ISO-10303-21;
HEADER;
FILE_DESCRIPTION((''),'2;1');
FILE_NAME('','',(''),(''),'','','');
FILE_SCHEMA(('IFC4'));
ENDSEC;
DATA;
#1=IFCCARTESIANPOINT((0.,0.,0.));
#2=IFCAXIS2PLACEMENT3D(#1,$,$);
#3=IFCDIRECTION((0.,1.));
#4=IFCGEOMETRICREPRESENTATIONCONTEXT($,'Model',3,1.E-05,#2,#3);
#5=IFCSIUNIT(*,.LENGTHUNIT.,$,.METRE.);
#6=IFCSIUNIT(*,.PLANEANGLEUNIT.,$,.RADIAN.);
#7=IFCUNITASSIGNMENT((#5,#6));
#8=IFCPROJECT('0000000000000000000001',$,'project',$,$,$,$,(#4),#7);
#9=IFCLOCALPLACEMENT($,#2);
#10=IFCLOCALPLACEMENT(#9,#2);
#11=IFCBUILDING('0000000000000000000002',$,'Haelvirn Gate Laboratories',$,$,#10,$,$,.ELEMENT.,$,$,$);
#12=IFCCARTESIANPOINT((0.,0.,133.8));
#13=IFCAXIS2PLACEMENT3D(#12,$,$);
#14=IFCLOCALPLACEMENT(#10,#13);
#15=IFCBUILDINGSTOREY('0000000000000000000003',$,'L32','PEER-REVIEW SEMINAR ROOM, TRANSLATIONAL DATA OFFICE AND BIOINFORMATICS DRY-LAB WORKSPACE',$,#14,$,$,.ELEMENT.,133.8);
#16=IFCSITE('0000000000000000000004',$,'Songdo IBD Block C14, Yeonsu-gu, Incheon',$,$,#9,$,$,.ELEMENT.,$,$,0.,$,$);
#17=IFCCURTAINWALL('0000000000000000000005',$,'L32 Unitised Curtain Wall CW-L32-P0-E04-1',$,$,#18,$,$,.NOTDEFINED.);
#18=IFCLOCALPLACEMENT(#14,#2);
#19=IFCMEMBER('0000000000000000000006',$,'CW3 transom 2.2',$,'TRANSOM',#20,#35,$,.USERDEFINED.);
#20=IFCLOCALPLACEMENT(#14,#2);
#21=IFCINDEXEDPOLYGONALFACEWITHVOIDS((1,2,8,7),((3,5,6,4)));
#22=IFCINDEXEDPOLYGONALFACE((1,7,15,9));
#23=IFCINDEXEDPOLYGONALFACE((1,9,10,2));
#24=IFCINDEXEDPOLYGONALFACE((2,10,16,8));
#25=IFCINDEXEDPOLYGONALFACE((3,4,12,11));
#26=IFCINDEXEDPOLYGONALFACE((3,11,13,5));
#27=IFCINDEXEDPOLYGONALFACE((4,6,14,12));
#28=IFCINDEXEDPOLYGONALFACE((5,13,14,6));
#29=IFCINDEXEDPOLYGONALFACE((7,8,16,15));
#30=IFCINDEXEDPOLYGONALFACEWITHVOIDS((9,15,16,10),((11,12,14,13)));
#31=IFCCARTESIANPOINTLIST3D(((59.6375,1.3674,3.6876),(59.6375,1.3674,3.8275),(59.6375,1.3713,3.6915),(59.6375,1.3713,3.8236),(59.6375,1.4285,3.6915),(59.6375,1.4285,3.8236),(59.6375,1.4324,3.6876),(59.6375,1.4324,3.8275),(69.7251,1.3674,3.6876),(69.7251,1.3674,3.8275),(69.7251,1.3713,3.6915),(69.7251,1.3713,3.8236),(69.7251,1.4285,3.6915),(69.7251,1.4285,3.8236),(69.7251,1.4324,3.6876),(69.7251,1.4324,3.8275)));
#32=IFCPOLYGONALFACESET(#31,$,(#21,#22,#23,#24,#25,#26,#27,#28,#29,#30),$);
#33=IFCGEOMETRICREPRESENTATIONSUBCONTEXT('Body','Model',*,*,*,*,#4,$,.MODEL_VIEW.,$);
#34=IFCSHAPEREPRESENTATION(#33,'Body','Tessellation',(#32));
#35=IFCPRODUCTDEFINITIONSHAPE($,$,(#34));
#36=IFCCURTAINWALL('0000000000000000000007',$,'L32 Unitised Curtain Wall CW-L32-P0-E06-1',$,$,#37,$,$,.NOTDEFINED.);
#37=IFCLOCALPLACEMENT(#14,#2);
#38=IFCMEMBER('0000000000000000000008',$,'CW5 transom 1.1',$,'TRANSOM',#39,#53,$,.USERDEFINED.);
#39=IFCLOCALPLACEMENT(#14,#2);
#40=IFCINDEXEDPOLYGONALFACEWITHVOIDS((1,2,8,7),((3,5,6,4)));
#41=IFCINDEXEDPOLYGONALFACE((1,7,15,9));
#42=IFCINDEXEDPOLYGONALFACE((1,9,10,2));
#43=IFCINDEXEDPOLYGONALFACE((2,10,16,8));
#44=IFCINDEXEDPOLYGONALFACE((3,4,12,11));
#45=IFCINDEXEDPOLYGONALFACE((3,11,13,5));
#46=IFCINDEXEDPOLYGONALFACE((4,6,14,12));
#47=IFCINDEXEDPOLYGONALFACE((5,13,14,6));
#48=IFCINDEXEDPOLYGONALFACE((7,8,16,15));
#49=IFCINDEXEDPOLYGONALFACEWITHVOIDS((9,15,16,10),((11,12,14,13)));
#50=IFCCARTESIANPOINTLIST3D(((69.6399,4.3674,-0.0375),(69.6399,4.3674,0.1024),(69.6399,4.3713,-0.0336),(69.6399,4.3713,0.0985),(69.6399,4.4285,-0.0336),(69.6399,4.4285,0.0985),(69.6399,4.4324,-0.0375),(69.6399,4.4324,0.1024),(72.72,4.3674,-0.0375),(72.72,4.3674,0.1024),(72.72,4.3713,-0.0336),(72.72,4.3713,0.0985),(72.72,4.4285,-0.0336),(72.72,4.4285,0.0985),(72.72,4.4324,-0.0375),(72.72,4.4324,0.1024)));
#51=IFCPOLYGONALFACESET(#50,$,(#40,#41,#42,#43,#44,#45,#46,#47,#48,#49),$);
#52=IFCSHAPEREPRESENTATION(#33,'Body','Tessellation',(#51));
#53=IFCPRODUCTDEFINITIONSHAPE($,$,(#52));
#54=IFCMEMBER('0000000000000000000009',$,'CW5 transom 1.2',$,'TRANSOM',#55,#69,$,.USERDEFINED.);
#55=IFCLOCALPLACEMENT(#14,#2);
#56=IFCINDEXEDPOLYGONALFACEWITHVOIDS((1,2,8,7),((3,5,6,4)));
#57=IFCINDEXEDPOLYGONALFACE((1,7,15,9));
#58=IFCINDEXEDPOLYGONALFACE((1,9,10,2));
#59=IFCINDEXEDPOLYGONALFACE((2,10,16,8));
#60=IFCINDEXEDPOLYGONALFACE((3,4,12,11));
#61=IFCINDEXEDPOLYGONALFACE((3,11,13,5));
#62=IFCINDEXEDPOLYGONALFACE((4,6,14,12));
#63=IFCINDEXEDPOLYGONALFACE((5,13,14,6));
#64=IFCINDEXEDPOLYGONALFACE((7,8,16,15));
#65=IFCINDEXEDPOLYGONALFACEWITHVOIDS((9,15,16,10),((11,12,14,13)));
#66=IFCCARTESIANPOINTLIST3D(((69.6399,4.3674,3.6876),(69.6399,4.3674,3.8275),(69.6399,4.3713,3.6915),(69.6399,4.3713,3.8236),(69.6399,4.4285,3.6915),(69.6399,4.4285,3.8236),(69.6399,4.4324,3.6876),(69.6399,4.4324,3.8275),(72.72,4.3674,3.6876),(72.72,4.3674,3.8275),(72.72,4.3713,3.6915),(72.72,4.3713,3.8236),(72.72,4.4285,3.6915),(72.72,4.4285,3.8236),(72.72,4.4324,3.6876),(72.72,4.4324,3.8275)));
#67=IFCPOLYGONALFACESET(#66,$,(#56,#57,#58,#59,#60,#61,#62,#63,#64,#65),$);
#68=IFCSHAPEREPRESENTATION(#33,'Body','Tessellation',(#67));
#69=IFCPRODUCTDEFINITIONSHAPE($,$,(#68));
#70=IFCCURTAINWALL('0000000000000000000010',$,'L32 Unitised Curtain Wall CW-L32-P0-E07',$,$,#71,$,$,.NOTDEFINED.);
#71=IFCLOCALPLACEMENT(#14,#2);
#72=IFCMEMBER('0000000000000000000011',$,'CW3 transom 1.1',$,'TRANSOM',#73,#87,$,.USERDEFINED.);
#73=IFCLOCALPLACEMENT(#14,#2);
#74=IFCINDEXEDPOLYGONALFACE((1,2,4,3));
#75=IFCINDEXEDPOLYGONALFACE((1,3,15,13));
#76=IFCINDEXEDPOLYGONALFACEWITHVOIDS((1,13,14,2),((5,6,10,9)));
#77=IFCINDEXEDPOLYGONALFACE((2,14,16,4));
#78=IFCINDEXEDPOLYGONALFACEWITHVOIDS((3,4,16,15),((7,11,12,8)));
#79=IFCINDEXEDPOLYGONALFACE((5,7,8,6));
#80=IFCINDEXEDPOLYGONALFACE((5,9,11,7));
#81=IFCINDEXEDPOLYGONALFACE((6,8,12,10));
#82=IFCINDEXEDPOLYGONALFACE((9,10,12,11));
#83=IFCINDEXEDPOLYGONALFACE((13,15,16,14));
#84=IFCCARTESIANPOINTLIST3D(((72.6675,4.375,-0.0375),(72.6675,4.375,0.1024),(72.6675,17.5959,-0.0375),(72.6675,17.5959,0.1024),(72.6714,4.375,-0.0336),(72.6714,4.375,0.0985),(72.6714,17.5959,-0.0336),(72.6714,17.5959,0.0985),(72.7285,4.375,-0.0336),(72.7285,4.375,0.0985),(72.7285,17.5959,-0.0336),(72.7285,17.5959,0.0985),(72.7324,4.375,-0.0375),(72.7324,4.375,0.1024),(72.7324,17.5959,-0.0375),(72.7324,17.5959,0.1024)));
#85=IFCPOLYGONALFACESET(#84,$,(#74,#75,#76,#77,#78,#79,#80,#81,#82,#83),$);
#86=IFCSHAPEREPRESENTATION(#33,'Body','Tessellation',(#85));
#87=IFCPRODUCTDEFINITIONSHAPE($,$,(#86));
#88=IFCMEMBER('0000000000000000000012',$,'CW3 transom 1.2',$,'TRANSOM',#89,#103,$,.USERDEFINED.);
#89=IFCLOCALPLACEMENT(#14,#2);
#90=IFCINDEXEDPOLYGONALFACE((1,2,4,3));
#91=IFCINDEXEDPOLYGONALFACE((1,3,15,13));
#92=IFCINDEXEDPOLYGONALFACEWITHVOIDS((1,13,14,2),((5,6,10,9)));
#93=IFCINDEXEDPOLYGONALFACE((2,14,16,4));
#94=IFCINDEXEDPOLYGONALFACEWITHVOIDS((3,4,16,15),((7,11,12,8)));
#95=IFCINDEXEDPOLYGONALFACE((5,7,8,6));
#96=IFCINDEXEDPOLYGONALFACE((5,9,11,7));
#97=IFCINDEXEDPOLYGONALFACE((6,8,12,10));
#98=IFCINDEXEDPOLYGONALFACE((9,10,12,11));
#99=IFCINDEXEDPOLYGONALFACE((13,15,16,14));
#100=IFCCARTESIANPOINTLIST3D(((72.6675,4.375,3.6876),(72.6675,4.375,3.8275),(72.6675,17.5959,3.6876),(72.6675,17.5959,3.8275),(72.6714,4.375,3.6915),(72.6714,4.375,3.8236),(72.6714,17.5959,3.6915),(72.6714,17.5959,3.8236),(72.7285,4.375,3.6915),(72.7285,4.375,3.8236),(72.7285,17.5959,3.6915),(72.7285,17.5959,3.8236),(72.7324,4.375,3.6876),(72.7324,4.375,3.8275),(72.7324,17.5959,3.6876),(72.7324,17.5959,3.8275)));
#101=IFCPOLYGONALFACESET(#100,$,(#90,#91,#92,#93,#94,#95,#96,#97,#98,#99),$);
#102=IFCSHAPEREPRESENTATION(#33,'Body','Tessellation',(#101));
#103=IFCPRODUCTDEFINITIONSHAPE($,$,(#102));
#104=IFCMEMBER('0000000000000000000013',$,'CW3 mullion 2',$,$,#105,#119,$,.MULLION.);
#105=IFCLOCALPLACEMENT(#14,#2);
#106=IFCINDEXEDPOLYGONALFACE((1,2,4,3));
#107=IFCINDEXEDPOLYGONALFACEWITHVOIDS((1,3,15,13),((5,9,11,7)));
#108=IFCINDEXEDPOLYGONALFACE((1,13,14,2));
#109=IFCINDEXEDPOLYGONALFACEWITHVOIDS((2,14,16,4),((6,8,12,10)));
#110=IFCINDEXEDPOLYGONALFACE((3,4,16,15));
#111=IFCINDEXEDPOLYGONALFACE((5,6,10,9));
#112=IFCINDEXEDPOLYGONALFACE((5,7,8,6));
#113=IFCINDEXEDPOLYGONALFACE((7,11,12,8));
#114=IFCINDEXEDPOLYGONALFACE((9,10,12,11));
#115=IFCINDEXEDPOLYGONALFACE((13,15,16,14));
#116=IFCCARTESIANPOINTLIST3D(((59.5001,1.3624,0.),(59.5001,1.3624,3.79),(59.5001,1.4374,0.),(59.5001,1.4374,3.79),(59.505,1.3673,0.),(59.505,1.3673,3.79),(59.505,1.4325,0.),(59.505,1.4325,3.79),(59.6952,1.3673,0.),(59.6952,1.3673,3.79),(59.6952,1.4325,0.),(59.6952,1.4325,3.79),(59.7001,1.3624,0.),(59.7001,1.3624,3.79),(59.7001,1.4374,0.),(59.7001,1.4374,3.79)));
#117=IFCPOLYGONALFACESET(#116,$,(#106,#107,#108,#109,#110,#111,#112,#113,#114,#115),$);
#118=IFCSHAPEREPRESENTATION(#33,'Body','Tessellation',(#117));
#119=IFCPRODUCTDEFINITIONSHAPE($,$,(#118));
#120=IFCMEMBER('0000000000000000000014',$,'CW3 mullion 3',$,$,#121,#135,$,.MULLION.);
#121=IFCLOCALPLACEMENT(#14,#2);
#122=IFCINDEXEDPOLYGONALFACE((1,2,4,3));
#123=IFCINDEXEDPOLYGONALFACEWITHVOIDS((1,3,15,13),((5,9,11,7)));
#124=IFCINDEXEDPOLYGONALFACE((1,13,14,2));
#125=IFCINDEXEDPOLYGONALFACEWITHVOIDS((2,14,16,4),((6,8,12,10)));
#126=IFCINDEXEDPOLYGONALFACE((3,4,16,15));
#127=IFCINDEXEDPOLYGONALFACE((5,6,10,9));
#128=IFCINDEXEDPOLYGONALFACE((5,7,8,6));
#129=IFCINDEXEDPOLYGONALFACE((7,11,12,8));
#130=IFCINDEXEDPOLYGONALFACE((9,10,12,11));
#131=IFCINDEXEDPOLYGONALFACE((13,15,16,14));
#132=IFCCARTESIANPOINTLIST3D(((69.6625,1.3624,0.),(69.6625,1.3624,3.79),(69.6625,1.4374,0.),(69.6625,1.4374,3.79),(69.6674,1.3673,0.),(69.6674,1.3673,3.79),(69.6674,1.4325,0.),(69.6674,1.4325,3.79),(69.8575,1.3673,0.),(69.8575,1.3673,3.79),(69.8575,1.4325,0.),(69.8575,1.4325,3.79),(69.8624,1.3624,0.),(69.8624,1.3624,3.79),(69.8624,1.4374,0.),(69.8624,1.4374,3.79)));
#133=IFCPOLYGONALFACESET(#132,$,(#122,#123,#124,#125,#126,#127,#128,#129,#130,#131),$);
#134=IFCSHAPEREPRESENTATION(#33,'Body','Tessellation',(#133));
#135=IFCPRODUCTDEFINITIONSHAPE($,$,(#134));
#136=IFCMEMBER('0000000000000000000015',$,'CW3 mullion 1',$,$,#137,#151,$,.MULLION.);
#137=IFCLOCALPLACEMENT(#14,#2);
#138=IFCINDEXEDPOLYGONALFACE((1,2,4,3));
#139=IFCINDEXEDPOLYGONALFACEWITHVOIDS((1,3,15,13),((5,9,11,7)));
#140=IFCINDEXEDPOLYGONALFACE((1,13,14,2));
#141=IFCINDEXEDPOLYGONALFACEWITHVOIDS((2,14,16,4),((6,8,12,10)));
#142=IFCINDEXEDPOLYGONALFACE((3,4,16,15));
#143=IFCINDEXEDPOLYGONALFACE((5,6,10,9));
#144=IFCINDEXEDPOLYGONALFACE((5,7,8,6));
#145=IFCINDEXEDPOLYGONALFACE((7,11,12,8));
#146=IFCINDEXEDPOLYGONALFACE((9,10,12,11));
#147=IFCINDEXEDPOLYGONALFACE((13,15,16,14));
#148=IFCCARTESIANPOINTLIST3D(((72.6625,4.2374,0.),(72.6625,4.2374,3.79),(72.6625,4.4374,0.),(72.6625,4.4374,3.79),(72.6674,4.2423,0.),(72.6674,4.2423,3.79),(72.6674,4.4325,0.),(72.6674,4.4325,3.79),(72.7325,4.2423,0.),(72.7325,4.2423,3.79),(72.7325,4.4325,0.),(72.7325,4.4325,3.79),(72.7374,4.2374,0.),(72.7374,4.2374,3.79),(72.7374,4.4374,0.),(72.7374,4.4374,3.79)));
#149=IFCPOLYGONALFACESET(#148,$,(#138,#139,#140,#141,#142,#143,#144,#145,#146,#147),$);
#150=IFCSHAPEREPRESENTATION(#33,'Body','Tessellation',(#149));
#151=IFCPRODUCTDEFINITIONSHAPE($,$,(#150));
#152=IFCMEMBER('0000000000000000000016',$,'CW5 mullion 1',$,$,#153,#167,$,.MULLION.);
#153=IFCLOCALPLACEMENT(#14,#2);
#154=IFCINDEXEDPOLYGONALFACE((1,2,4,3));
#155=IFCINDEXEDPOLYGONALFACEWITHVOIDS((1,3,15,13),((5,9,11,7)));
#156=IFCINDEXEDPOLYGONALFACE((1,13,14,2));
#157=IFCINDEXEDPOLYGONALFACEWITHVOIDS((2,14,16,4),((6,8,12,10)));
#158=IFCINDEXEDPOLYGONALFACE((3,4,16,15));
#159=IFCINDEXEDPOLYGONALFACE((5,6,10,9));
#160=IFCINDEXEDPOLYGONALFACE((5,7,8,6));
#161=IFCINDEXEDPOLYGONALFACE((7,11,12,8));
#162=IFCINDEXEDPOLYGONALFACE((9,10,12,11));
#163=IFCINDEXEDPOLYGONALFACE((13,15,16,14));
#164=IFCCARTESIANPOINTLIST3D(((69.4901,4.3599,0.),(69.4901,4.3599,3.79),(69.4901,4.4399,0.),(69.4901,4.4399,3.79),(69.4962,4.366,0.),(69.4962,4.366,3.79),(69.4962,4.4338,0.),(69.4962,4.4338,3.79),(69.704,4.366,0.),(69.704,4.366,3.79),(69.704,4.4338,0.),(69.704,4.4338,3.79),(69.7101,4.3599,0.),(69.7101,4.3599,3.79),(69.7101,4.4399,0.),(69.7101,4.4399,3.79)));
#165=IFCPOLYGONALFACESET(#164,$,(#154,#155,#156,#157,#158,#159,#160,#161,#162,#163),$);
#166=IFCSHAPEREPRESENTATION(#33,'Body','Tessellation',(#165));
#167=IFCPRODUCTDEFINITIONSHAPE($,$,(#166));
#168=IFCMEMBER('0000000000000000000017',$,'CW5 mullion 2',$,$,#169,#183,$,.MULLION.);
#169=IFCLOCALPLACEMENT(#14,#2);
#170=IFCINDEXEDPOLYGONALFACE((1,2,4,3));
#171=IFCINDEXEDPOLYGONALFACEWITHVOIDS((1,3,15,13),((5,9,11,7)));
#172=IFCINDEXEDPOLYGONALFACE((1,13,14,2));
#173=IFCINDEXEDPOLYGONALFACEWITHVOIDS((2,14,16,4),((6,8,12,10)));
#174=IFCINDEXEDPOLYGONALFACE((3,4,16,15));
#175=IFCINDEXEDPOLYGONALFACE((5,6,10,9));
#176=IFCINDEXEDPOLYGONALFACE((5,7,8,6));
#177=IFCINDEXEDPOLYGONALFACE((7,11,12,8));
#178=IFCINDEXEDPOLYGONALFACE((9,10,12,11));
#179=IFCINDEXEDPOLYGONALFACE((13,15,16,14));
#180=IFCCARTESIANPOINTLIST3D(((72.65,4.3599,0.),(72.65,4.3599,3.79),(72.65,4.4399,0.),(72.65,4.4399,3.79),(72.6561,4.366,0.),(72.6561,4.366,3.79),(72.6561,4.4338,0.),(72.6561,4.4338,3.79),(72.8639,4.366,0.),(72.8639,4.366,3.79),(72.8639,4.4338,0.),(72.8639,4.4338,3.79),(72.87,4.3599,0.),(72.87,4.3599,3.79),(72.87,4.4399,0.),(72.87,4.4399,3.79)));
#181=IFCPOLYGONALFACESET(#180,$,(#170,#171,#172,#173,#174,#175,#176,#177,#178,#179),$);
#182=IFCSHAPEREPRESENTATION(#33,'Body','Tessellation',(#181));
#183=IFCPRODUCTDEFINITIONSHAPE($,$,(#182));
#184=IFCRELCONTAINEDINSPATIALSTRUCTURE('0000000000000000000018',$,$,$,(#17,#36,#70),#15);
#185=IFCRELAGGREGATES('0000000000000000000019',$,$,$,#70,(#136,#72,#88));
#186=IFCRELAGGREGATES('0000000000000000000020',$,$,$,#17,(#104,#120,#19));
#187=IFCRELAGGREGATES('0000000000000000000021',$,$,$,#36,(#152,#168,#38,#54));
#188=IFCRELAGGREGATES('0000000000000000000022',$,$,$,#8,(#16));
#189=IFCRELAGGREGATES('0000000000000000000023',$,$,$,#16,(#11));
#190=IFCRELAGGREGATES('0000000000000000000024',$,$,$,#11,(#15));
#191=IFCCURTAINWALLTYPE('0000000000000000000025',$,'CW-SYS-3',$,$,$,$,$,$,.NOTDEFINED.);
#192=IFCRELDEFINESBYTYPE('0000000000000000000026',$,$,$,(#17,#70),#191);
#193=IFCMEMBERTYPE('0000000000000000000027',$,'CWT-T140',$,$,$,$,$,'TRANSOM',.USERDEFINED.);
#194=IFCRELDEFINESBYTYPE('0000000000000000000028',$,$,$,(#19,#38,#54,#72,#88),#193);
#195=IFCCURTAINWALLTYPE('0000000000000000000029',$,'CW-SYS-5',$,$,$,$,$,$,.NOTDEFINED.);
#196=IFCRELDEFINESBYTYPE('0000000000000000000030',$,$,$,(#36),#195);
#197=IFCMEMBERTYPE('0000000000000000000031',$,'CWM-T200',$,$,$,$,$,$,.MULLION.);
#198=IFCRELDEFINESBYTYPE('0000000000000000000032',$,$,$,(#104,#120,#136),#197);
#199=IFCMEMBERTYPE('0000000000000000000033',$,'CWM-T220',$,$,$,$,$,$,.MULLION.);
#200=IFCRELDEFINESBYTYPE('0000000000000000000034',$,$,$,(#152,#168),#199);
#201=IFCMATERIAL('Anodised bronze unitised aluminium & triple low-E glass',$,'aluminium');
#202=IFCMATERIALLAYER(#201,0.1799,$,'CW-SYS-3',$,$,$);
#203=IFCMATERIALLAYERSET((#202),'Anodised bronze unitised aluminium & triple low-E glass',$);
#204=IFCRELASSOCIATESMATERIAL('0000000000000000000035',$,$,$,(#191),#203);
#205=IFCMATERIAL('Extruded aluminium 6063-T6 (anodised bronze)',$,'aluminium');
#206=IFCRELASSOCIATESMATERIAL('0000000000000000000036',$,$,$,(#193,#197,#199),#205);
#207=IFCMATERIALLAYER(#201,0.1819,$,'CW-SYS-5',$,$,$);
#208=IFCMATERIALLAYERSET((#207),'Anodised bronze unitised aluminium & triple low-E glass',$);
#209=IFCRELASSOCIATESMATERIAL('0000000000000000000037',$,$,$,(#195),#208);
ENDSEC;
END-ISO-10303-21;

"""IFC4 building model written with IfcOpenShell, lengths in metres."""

from ifc_helpers import new_model, si_unit, direction, frame, origin, origin_2d, place, context, subcontext, project, spatial, hollow_rectangle, extrude, source, transform, mapped, material, layer, layer_set, material_profile, profile_set, type_object, type_shapes, element, aggregate, save


model = new_model("IFC4")

# Units and contexts
model_context = context("Model", 3, precision=1e-05, world=origin(), true_north=direction((0.0, 1.0)))
body_context = subcontext(model_context, "Body", "Model", "MODEL_VIEW")
ifc_project = project(units=[si_unit("LENGTHUNIT", "METRE"), si_unit("PLANEANGLEUNIT", "RADIAN")], contexts=[model_context])

# Site, building, storey
site_placement = place(None, origin())
site = spatial("IfcSite", under=ifc_project, at=site_placement, Name="Songdo IBD Block C14, Yeonsu-gu, Incheon", CompositionType="ELEMENT", RefElevation=0.0)
building_placement = place(site_placement, origin())
building = spatial("IfcBuilding", under=site, at=building_placement, Name="Haelvirn Gate Laboratories", CompositionType="ELEMENT")
storey_placement = place(building_placement, frame((0.0, 0.0, 133.8)))
storey = spatial("IfcBuildingStorey", under=building, at=storey_placement, Name="L32", Description="PEER-REVIEW SEMINAR ROOM, TRANSLATIONAL DATA OFFICE AND BIOINFORMATICS DRY-LAB WORKSPACE", CompositionType="ELEMENT", Elevation=133.8)

# Curtain walls, members
ifc_material_1 = material(Name="Anodised bronze unitised aluminium & triple low-E glass", Category="aluminium")
ifc_layer_1 = layer(ifc_material_1, 0.1799, Name="CW-SYS-3")
ifc_layer_set_1 = layer_set([ifc_layer_1], Name="Anodised bronze unitised aluminium & triple low-E glass")
curtain_wall_type_1 = type_object("IfcCurtainWallType", Name="CW-SYS-3", PredefinedType="NOTDEFINED", material=ifc_layer_set_1)
curtain_wall_1_placement = place(storey_placement, origin())
curtain_wall_1 = element("IfcCurtainWall", 1, at=curtain_wall_1_placement, inside=storey, type_object=curtain_wall_type_1, Name="L32 Unitised Curtain Wall CW-L32-P0-E04-1", PredefinedType="NOTDEFINED")
ifc_material_2 = material(Name="Extruded aluminium 6063-T6 (anodised bronze)", Category="aluminium")
ifc_material_profile_1 = material_profile(ifc_material_2, hollow_rectangle(XDim=0.0649, YDim=0.1399, WallThickness=0.0039, at=origin_2d()), Name="CWT-140x65x4")
ifc_profile_set_1 = profile_set([ifc_material_profile_1], Name="Extruded aluminium 6063-T6 (anodised bronze)")
member_type_1 = type_object("IfcMemberType", Name="CWT-T140", ElementType="TRANSOM", PredefinedType="USERDEFINED", material=ifc_profile_set_1)
shared_shape_1 = source(origin(), body_context, "Body", "SweptSolid", [
    extrude(hollow_rectangle(XDim=0.0649, YDim=0.1399, WallThickness=0.0039, at=origin_2d()), origin(), (0.0, 0.0, 1.0), 10.0876),
])
member_1_placement = place(storey_placement, frame((59.6375, 1.3999, 3.7576), z_axis=(1.0, 0.0, 0.0), x_axis=(0.0, 1.0, 0.0)))
member_1 = element("IfcMember", 2, at=member_1_placement, type_object=member_type_1, Name="CW3 transom 2.2", ObjectType="TRANSOM", PredefinedType="USERDEFINED", context=body_context, shape_type="MappedRepresentation", body=[
    mapped(shared_shape_1, transform((0.0, 0.0, 0.0), scale=1.0)),
])
ifc_layer_2 = layer(ifc_material_1, 0.1819, Name="CW-SYS-5")
ifc_layer_set_2 = layer_set([ifc_layer_2], Name="Anodised bronze unitised aluminium & triple low-E glass")
curtain_wall_type_2 = type_object("IfcCurtainWallType", Name="CW-SYS-5", PredefinedType="NOTDEFINED", material=ifc_layer_set_2)
curtain_wall_2_placement = place(storey_placement, origin())
curtain_wall_2 = element("IfcCurtainWall", 3, at=curtain_wall_2_placement, inside=storey, type_object=curtain_wall_type_2, Name="L32 Unitised Curtain Wall CW-L32-P0-E06-1", PredefinedType="NOTDEFINED")
shared_shape_2 = source(origin(), body_context, "Body", "SweptSolid", [
    extrude(hollow_rectangle(XDim=0.0649, YDim=0.1399, WallThickness=0.0039, at=origin_2d()), origin(), (0.0, 0.0, 1.0), 3.0801),
])
member_2_placement = place(storey_placement, frame((69.6399, 4.3999, 0.0325), z_axis=(1.0, 0.0, 0.0), x_axis=(0.0, 1.0, 0.0)))
member_2 = element("IfcMember", 4, at=member_2_placement, type_object=member_type_1, Name="CW5 transom 1.1", ObjectType="TRANSOM", PredefinedType="USERDEFINED", context=body_context, shape_type="MappedRepresentation", body=[
    mapped(shared_shape_2, transform((0.0, 0.0, 0.0), scale=1.0)),
])
member_3_placement = place(storey_placement, frame((69.6399, 4.3999, 3.7576), z_axis=(1.0, 0.0, 0.0), x_axis=(0.0, 1.0, 0.0)))
member_3 = element("IfcMember", 5, at=member_3_placement, type_object=member_type_1, Name="CW5 transom 1.2", ObjectType="TRANSOM", PredefinedType="USERDEFINED", context=body_context, shape_type="MappedRepresentation", body=[
    mapped(shared_shape_2, transform((0.0, 0.0, 0.0), scale=1.0)),
])
curtain_wall_3_placement = place(storey_placement, origin())
curtain_wall_3 = element("IfcCurtainWall", 6, at=curtain_wall_3_placement, inside=storey, type_object=curtain_wall_type_1, Name="L32 Unitised Curtain Wall CW-L32-P0-E07", PredefinedType="NOTDEFINED")
shared_shape_3 = source(origin(), body_context, "Body", "SweptSolid", [
    extrude(hollow_rectangle(XDim=0.0649, YDim=0.1399, WallThickness=0.0039, at=origin_2d()), origin(), (0.0, 0.0, 1.0), 13.2209),
])
type_shapes(member_type_1, [shared_shape_1, shared_shape_2, shared_shape_3])
member_4_placement = place(storey_placement, frame((72.7, 4.375, 0.0325), z_axis=(0.0, 1.0, 0.0), x_axis=(-1.0, 0.0, 0.0)))
member_4 = element("IfcMember", 7, at=member_4_placement, type_object=member_type_1, Name="CW3 transom 1.1", ObjectType="TRANSOM", PredefinedType="USERDEFINED", context=body_context, shape_type="MappedRepresentation", body=[
    mapped(shared_shape_3, transform((0.0, 0.0, 0.0), scale=1.0)),
])
member_5_placement = place(storey_placement, frame((72.7, 4.375, 3.7576), z_axis=(0.0, 1.0, 0.0), x_axis=(-1.0, 0.0, 0.0)))
member_5 = element("IfcMember", 8, at=member_5_placement, type_object=member_type_1, Name="CW3 transom 1.2", ObjectType="TRANSOM", PredefinedType="USERDEFINED", context=body_context, shape_type="MappedRepresentation", body=[
    mapped(shared_shape_3, transform((0.0, 0.0, 0.0), scale=1.0)),
])

# Members
ifc_material_profile_2 = material_profile(ifc_material_2, hollow_rectangle(XDim=0.075, YDim=0.2, WallThickness=0.0049, at=origin_2d()), Name="CWM-200x75x5")
ifc_profile_set_2 = profile_set([ifc_material_profile_2], Name="Extruded aluminium 6063-T6 (anodised bronze)")
member_type_2 = type_object("IfcMemberType", Name="CWM-T200", PredefinedType="MULLION", material=ifc_profile_set_2)
shared_shape_4 = source(origin(), body_context, "Body", "SweptSolid", [
    extrude(hollow_rectangle(XDim=0.075, YDim=0.2, WallThickness=0.0049, at=origin_2d()), origin(), (0.0, 0.0, 1.0), 3.79),
])
type_shapes(member_type_2, [shared_shape_4])
member_6_placement = place(storey_placement, frame((59.6001, 1.3999, 0.0), z_axis=(0.0, 0.0, 1.0), x_axis=(0.0, 1.0, 0.0)))
member_6 = element("IfcMember", 9, at=member_6_placement, type_object=member_type_2, Name="CW3 mullion 2", PredefinedType="MULLION", context=body_context, shape_type="MappedRepresentation", body=[
    mapped(shared_shape_4, transform((0.0, 0.0, 0.0), scale=1.0)),
])
member_7_placement = place(storey_placement, frame((69.7625, 1.3999, 0.0), z_axis=(0.0, 0.0, 1.0), x_axis=(0.0, 1.0, 0.0)))
member_7 = element("IfcMember", 10, at=member_7_placement, type_object=member_type_2, Name="CW3 mullion 3", PredefinedType="MULLION", context=body_context, shape_type="MappedRepresentation", body=[
    mapped(shared_shape_4, transform((0.0, 0.0, 0.0), scale=1.0)),
])
member_8_placement = place(storey_placement, frame((72.7, 4.3374, 0.0), z_axis=(0.0, 0.0, 1.0), x_axis=(-1.0, 0.0, 0.0)))
member_8 = element("IfcMember", 11, at=member_8_placement, type_object=member_type_2, Name="CW3 mullion 1", PredefinedType="MULLION", context=body_context, shape_type="MappedRepresentation", body=[
    mapped(shared_shape_4, transform((0.0, 0.0, 0.0), scale=1.0)),
])
aggregate(curtain_wall_3, [member_8, member_4, member_5])
ifc_material_profile_3 = material_profile(ifc_material_2, hollow_rectangle(XDim=0.0801, YDim=0.22, WallThickness=0.0061, at=origin_2d()), Name="CWM-220x80x6")
ifc_profile_set_3 = profile_set([ifc_material_profile_3], Name="Extruded aluminium 6063-T6 (anodised bronze)")
member_type_3 = type_object("IfcMemberType", Name="CWM-T220", PredefinedType="MULLION", material=ifc_profile_set_3)
shared_shape_5 = source(origin(), body_context, "Body", "SweptSolid", [
    extrude(hollow_rectangle(XDim=0.0801, YDim=0.22, WallThickness=0.0061, at=origin_2d()), origin(), (0.0, 0.0, 1.0), 3.79),
])
type_shapes(member_type_3, [shared_shape_5])
member_9_placement = place(storey_placement, frame((69.6001, 4.3999, 0.0), z_axis=(0.0, 0.0, 1.0), x_axis=(0.0, 1.0, 0.0)))
member_9 = element("IfcMember", 12, at=member_9_placement, type_object=member_type_3, Name="CW5 mullion 1", PredefinedType="MULLION", context=body_context, shape_type="MappedRepresentation", body=[
    mapped(shared_shape_5, transform((0.0, 0.0, 0.0), scale=1.0)),
])
member_10_placement = place(storey_placement, frame((72.76, 4.3999, 0.0), z_axis=(0.0, 0.0, 1.0), x_axis=(0.0, 1.0, 0.0)))
member_10 = element("IfcMember", 13, at=member_10_placement, type_object=member_type_3, Name="CW5 mullion 2", PredefinedType="MULLION", context=body_context, shape_type="MappedRepresentation", body=[
    mapped(shared_shape_5, transform((0.0, 0.0, 0.0), scale=1.0)),
])

aggregate(curtain_wall_1, [member_6, member_7, member_1])
aggregate(curtain_wall_2, [member_9, member_10, member_2, member_3])

save(model, "model.ifc")
